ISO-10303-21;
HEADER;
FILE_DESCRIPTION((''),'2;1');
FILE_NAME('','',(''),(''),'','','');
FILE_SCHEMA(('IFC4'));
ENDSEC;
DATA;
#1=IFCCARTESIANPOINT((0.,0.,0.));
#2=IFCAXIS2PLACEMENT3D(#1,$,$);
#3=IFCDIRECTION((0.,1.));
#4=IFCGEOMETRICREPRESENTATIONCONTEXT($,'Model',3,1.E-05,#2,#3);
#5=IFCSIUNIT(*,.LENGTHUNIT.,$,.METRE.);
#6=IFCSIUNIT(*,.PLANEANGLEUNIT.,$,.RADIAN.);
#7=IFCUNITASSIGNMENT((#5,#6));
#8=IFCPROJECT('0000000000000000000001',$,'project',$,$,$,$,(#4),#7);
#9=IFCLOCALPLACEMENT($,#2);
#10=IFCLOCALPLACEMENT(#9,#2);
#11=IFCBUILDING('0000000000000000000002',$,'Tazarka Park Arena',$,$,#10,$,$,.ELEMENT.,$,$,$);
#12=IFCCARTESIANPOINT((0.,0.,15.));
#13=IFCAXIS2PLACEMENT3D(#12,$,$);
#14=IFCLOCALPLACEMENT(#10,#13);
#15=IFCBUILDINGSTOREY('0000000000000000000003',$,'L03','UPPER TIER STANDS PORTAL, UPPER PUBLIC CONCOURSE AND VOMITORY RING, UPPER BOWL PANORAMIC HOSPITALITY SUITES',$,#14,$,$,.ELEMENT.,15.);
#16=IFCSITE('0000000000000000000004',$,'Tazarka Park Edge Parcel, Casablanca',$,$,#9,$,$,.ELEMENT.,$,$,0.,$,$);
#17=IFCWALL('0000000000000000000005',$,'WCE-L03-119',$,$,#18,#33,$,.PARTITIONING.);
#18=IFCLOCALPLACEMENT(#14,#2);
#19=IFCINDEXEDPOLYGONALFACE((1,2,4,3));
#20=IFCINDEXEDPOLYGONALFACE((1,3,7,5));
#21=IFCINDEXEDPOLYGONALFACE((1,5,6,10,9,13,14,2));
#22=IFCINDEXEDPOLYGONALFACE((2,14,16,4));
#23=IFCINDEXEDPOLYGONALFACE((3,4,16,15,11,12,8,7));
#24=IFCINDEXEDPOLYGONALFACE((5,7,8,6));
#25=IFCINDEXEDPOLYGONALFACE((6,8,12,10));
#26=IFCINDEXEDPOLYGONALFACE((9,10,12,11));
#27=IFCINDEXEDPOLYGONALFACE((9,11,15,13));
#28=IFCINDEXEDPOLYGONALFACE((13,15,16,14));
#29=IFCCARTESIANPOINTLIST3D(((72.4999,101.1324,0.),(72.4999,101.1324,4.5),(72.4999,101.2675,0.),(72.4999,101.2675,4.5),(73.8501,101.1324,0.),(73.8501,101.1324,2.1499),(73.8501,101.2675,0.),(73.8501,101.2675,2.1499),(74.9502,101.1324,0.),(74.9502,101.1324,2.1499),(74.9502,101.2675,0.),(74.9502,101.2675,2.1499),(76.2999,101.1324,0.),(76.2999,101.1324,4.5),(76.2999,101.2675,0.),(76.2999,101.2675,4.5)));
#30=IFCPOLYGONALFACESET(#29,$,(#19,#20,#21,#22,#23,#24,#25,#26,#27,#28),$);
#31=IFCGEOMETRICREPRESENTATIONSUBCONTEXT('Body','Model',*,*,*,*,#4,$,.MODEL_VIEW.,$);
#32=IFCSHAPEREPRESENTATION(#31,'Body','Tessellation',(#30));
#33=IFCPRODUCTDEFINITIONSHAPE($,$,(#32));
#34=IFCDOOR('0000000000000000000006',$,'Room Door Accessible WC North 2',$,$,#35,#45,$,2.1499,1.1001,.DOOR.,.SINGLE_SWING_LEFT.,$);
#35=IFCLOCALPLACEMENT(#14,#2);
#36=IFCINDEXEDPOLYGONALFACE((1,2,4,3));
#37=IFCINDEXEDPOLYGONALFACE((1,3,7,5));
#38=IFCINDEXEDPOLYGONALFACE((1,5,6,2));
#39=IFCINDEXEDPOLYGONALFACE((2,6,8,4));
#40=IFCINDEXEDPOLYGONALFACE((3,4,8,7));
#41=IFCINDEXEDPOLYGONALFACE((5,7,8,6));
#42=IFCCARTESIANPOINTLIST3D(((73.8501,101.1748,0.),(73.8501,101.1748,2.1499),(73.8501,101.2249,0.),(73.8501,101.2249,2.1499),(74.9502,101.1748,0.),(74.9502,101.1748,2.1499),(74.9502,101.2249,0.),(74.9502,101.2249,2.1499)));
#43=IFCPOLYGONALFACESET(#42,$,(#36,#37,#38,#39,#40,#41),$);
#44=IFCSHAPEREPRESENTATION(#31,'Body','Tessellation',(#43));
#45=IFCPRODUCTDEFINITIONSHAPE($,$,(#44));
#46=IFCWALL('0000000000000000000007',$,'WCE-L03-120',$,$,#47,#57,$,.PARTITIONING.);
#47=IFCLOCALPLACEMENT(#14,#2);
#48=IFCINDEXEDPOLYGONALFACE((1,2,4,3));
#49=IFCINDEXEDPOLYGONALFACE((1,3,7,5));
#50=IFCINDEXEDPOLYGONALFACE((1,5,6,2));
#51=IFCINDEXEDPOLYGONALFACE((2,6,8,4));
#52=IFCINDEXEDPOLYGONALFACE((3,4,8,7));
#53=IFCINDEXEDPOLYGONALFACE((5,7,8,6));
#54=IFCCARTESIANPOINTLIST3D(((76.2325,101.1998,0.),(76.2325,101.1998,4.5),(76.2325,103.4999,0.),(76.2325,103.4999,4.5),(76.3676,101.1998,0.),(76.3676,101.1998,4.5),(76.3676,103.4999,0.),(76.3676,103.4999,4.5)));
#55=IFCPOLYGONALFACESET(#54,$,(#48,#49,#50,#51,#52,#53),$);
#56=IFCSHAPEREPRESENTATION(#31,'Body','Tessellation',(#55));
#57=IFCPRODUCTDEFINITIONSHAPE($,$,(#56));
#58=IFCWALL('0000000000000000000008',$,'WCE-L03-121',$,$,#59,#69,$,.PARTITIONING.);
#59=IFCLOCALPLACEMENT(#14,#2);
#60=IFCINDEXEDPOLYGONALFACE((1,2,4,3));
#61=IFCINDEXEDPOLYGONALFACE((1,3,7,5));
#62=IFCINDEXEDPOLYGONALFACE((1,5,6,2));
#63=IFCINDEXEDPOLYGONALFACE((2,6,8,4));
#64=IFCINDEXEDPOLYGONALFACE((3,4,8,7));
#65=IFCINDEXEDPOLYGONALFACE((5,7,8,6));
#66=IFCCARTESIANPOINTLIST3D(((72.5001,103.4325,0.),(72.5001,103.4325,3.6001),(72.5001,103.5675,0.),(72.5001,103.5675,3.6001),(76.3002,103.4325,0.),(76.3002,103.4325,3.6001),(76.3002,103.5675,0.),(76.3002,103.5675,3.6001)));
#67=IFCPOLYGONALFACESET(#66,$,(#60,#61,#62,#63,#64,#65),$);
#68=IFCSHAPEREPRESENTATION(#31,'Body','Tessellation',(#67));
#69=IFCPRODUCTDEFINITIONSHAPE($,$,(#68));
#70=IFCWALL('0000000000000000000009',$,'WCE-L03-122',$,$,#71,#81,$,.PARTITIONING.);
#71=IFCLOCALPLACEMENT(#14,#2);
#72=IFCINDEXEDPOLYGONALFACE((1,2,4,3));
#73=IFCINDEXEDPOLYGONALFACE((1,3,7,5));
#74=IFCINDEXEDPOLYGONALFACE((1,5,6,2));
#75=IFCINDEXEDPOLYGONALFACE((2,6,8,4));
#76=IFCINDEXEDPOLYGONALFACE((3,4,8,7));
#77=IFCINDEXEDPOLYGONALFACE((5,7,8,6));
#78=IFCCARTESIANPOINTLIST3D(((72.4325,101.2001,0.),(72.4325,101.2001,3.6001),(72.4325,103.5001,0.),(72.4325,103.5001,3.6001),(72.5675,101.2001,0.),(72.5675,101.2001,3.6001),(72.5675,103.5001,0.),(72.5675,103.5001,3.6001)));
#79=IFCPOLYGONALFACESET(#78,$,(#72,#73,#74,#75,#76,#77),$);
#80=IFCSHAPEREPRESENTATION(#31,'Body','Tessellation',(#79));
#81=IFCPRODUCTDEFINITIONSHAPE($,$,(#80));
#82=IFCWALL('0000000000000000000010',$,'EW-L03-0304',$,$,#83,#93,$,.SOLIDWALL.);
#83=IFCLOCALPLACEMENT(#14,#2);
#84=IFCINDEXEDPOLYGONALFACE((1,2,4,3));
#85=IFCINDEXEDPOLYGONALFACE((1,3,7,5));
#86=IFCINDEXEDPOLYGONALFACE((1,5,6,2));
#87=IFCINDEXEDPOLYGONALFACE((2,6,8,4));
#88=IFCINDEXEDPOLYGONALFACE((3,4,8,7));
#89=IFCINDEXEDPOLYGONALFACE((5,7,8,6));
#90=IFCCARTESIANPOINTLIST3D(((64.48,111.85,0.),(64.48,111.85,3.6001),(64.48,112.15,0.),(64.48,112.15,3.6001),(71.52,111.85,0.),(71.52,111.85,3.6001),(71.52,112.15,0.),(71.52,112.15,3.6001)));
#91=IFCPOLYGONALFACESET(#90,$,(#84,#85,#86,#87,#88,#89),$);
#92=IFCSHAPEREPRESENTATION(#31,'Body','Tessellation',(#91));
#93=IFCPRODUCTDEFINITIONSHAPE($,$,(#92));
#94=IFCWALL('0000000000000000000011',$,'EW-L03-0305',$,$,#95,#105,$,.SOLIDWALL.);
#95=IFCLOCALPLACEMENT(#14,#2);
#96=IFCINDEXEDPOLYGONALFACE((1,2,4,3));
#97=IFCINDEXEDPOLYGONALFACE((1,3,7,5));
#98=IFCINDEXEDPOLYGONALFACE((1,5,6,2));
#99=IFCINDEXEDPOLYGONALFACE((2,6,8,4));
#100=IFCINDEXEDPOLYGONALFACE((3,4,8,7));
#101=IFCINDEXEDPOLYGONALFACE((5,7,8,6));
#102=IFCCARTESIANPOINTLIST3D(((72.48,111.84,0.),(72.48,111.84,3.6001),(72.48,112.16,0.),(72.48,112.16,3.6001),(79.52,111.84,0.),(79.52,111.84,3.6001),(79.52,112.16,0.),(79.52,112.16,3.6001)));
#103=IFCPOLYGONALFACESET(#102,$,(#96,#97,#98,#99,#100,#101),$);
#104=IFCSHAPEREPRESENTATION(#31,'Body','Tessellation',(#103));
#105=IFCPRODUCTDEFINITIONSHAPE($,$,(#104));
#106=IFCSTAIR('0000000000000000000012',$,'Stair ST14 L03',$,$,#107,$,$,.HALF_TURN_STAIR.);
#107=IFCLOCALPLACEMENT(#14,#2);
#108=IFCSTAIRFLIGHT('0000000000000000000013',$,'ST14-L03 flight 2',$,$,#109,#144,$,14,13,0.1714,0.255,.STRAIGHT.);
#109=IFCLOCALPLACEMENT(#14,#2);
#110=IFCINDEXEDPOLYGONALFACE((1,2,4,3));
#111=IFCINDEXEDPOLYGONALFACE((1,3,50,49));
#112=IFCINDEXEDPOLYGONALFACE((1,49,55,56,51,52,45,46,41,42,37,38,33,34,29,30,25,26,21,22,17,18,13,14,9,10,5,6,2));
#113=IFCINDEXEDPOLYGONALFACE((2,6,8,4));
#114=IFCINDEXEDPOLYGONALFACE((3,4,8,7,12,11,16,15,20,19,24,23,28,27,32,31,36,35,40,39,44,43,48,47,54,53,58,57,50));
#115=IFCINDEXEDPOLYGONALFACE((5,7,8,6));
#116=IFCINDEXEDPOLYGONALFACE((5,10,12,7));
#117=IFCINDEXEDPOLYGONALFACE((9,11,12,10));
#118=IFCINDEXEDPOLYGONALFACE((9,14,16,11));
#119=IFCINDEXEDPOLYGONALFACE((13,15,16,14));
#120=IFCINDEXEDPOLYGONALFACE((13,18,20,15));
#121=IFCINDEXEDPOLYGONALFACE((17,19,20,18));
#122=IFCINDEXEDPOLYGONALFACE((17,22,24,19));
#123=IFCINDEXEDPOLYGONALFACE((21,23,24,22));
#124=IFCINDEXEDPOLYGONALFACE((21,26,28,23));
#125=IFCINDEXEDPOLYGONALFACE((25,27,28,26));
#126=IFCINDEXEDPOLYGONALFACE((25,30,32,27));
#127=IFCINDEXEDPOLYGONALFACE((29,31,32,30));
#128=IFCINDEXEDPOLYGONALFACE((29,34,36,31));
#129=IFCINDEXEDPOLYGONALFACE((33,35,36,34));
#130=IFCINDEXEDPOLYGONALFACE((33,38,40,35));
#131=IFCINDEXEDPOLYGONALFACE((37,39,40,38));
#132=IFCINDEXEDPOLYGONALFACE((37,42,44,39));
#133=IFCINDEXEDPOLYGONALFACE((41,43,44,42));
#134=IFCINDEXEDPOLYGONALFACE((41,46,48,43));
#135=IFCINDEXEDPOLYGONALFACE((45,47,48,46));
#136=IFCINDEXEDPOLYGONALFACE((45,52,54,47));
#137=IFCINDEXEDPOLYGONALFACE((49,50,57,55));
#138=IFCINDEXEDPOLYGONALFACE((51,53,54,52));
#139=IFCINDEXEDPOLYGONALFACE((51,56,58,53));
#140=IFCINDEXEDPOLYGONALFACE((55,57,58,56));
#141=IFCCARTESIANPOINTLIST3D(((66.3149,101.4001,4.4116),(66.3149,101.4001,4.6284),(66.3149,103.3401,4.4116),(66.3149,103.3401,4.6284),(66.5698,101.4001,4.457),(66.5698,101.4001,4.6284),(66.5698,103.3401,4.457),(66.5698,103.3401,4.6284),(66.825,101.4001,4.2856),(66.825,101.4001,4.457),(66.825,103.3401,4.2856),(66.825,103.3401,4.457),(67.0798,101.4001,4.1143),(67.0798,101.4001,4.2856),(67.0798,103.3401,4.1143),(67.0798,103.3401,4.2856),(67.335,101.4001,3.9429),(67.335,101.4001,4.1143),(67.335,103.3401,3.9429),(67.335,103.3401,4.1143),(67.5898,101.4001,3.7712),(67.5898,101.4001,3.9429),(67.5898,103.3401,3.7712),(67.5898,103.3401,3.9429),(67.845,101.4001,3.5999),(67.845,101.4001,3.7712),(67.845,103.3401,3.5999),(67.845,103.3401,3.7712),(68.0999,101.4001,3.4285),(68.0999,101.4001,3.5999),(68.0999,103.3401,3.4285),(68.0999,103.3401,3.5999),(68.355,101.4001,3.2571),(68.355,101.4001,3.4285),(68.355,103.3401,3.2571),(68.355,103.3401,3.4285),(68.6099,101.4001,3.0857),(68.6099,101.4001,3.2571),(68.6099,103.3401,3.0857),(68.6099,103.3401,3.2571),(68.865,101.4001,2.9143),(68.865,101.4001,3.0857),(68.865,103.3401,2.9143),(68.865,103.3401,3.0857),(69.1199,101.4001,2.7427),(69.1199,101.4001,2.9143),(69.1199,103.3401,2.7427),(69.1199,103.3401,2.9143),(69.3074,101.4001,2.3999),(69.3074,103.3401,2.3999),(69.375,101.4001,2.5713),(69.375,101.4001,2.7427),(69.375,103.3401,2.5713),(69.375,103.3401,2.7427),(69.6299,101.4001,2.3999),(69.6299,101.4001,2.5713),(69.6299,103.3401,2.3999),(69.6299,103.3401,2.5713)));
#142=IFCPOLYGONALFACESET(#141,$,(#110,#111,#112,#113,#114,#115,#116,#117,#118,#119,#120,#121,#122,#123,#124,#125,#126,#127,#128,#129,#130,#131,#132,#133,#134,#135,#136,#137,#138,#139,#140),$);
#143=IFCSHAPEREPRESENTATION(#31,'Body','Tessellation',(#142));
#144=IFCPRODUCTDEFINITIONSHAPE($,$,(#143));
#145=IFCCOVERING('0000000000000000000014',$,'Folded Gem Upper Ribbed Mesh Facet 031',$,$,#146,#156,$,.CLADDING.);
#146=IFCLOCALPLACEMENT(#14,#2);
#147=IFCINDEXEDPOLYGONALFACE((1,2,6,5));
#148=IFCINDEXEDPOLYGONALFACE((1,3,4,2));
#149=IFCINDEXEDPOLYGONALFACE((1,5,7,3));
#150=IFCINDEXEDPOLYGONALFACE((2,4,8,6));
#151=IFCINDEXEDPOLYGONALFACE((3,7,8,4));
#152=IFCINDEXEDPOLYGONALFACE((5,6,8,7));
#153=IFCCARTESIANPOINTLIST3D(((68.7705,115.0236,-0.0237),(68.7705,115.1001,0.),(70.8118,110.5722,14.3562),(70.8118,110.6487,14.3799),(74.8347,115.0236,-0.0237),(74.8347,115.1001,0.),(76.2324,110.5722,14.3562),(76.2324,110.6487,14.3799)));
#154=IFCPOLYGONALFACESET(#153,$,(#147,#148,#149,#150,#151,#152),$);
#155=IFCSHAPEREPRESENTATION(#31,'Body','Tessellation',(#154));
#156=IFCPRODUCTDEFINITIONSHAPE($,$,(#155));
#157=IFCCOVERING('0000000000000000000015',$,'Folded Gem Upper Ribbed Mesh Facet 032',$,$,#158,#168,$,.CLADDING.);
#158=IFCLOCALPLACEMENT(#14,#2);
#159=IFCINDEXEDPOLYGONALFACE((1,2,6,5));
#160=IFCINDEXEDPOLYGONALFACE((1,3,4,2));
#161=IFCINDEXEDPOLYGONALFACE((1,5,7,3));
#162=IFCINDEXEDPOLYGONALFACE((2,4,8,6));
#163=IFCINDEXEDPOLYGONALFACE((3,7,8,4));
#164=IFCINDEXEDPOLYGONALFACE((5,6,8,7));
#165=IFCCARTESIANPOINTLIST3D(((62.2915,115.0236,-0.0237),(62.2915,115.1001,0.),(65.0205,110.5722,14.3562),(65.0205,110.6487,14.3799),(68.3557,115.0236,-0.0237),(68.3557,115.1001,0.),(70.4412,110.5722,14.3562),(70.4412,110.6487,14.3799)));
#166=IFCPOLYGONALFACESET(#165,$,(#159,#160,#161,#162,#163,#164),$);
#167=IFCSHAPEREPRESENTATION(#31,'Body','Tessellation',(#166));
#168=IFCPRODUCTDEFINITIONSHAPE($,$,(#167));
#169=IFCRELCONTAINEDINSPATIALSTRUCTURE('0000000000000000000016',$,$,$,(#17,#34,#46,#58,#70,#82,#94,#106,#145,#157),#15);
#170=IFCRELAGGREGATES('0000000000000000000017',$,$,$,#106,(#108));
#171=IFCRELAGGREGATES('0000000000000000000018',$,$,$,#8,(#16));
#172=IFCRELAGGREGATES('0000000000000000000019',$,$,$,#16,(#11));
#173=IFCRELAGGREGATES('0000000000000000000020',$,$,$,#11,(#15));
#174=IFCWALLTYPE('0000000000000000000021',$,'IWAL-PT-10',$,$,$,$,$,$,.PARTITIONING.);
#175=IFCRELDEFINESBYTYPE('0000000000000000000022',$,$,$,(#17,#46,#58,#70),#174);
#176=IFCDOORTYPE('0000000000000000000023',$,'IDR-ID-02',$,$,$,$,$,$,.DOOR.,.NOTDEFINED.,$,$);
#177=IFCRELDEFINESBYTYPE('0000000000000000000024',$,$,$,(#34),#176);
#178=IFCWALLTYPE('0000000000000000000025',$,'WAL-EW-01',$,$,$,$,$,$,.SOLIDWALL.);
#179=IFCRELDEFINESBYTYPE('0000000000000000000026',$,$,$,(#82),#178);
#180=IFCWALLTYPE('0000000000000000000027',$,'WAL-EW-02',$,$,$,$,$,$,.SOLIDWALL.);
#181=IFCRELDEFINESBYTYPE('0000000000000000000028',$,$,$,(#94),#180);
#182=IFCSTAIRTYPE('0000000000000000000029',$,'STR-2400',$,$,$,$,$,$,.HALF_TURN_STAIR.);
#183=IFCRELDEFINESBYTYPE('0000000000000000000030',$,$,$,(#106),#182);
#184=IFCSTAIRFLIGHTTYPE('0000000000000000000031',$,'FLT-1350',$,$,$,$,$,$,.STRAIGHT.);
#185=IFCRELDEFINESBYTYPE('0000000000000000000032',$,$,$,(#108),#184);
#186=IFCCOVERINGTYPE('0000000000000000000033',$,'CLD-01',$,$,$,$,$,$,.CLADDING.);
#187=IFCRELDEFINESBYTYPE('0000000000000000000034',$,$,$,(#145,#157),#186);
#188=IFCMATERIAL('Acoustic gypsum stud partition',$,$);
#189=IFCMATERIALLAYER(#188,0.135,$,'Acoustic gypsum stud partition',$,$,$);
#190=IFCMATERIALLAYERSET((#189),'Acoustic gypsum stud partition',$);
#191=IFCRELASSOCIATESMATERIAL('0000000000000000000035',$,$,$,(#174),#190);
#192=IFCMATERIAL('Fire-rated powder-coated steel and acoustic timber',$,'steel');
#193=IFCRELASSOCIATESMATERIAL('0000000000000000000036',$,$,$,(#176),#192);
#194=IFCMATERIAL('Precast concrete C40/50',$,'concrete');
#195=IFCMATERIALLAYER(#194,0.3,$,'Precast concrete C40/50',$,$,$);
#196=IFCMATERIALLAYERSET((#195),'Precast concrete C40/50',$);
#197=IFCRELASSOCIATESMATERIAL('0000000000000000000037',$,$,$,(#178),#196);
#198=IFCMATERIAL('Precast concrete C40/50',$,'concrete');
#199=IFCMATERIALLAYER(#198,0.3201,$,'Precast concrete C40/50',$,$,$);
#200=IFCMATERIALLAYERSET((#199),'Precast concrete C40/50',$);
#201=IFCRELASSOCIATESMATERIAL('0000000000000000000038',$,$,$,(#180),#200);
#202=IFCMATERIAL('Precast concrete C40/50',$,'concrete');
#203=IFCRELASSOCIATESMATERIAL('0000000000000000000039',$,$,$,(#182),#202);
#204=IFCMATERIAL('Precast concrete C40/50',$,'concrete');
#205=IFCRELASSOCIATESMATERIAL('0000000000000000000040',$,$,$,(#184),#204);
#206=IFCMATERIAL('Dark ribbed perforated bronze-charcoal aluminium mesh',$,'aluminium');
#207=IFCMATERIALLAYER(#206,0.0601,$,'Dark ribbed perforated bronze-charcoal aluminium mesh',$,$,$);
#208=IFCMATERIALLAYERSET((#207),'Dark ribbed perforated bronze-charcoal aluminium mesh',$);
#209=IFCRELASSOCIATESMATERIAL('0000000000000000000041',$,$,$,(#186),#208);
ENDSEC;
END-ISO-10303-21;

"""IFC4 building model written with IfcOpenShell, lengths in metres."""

from ifc_helpers import new_model, si_unit, direction, frame, frame_2d, origin, place, context, subcontext, project, spatial, polyline, rectangle, outline, extrude, material, layer, layer_set, type_object, element, fill, aggregate, save


model = new_model("IFC4")

# Units and contexts
model_context = context("Model", 3, precision=1e-05, world=origin(), true_north=direction((0.0, 1.0)))
body_context = subcontext(model_context, "Body", "Model", "MODEL_VIEW")
ifc_project = project(units=[si_unit("LENGTHUNIT", "METRE"), si_unit("PLANEANGLEUNIT", "RADIAN")], contexts=[model_context])

# Site, building, storey
site_placement = place(None, origin())
site = spatial("IfcSite", under=ifc_project, at=site_placement, Name="Tazarka Park Edge Parcel, Casablanca", CompositionType="ELEMENT", RefElevation=0.0)
building_placement = place(site_placement, origin())
building = spatial("IfcBuilding", under=site, at=building_placement, Name="Tazarka Park Arena", CompositionType="ELEMENT")
storey_placement = place(building_placement, frame((0.0, 0.0, 15.0)))
storey = spatial("IfcBuildingStorey", under=building, at=storey_placement, Name="L03", Description="UPPER TIER STANDS PORTAL, UPPER PUBLIC CONCOURSE AND VOMITORY RING, UPPER BOWL PANORAMIC HOSPITALITY SUITES", CompositionType="ELEMENT", Elevation=15.0)

# Wall, opening, door
ifc_material_1 = material(Name="Acoustic gypsum stud partition")
ifc_layer_1 = layer(ifc_material_1, 0.135, Name="Acoustic gypsum stud partition")
ifc_layer_set_1 = layer_set([ifc_layer_1], Name="Acoustic gypsum stud partition")
wall_type_1 = type_object("IfcWallType", Name="IWAL-PT-10", PredefinedType="PARTITIONING", material=ifc_layer_set_1)
wall_1_placement = place(storey_placement, frame((72.5, 101.2, 0.0), z_axis=(0.0, 0.0, 1.0), x_axis=(1.0, 0.0, 0.0)))
wall_1 = element("IfcWall", 1, at=wall_1_placement, inside=storey, type_object=wall_type_1, Name="WCE-L03-119", PredefinedType="PARTITIONING", context=body_context, shape_type="SweptSolid", body=[
    extrude(rectangle(XDim=3.8, YDim=0.135, at=frame_2d((1.8999, 0.0))), origin(), (0.0, 0.0, 1.0), 4.5),
])
opening_placement = place(wall_1_placement, frame((1.3501, 0.0, 0.0)))
opening = element("IfcOpeningElement", 2, at=opening_placement, cuts=wall_1, PredefinedType="OPENING", context=body_context, shape_type="SweptSolid", body=[
    extrude(rectangle(XDim=1.1001, YDim=2.1499, at=frame_2d((0.55, 1.075))), frame((0.0, 0.0776, 0.0), z_axis=(0.0, -1.0, 0.0), x_axis=(1.0, 0.0, 0.0)), (0.0, 0.0, 1.0), 0.155),
])
ifc_material_2 = material(Name="Fire-rated powder-coated steel and acoustic timber", Category="steel")
door_type = type_object("IfcDoorType", Name="IDR-ID-02", OperationType="NOTDEFINED", PredefinedType="DOOR", material=ifc_material_2)
door_placement = place(opening_placement, origin())
door = element("IfcDoor", 3, at=door_placement, inside=storey, type_object=door_type, Name="Room Door Accessible WC North 2", OperationType="SINGLE_SWING_LEFT", OverallHeight=2.1499, OverallWidth=1.1001, PredefinedType="DOOR", context=body_context, shape_type="SweptSolid", body=[
    extrude(rectangle(XDim=1.1001, YDim=2.1499, at=frame_2d((0.55, 1.075))), frame((0.0, 0.0249, 0.0), z_axis=(0.0, -1.0, 0.0), x_axis=(1.0, 0.0, 0.0)), (0.0, 0.0, 1.0), 0.05),
])
fill(opening, door)

# Walls
wall_2_placement = place(storey_placement, frame((76.3, 101.2, 0.0), z_axis=(0.0, 0.0, 1.0), x_axis=(0.0, 1.0, 0.0)))
element("IfcWall", 4, at=wall_2_placement, inside=storey, type_object=wall_type_1, Name="WCE-L03-120", PredefinedType="PARTITIONING", context=body_context, shape_type="SweptSolid", body=[
    extrude(rectangle(XDim=2.3, YDim=0.135, at=frame_2d((1.1499, 0.0))), origin(), (0.0, 0.0, 1.0), 4.5),
])
wall_3_placement = place(storey_placement, frame((76.3, 103.5, 0.0), z_axis=(0.0, 0.0, 1.0), x_axis=(-1.0, 0.0, 0.0)))
element("IfcWall", 5, at=wall_3_placement, inside=storey, type_object=wall_type_1, Name="WCE-L03-121", PredefinedType="PARTITIONING", context=body_context, shape_type="SweptSolid", body=[
    extrude(rectangle(XDim=3.8, YDim=0.135, at=frame_2d((1.8999, 0.0))), origin(), (0.0, 0.0, 1.0), 3.6001),
])
wall_4_placement = place(storey_placement, frame((72.5, 103.5, 0.0), z_axis=(0.0, 0.0, 1.0), x_axis=(0.0, -1.0, 0.0)))
element("IfcWall", 6, at=wall_4_placement, inside=storey, type_object=wall_type_1, Name="WCE-L03-122", PredefinedType="PARTITIONING", context=body_context, shape_type="SweptSolid", body=[
    extrude(rectangle(XDim=2.3, YDim=0.135, at=frame_2d((1.1499, 0.0))), origin(), (0.0, 0.0, 1.0), 3.6001),
])
ifc_material_3 = material(Name="Precast concrete C40/50", Category="concrete")
ifc_layer_2 = layer(ifc_material_3, 0.3, Name="Precast concrete C40/50")
ifc_layer_set_2 = layer_set([ifc_layer_2], Name="Precast concrete C40/50")
wall_type_2 = type_object("IfcWallType", Name="WAL-EW-01", PredefinedType="SOLIDWALL", material=ifc_layer_set_2)
wall_5_placement = place(storey_placement, frame((64.48, 112.0, 0.0), z_axis=(0.0, 0.0, 1.0), x_axis=(1.0, 0.0, 0.0)))
element("IfcWall", 7, at=wall_5_placement, inside=storey, type_object=wall_type_2, Name="EW-L03-0304", PredefinedType="SOLIDWALL", context=body_context, shape_type="SweptSolid", body=[
    extrude(rectangle(XDim=7.04, YDim=0.3, at=frame_2d((3.52, 0.0))), origin(), (0.0, 0.0, 1.0), 3.6001),
])
ifc_material_4 = material(Name="Precast concrete C40/50", Category="concrete")
ifc_layer_3 = layer(ifc_material_4, 0.3201, Name="Precast concrete C40/50")
ifc_layer_set_3 = layer_set([ifc_layer_3], Name="Precast concrete C40/50")
wall_type_3 = type_object("IfcWallType", Name="WAL-EW-02", PredefinedType="SOLIDWALL", material=ifc_layer_set_3)
wall_6_placement = place(storey_placement, frame((72.48, 112.0, 0.0), z_axis=(0.0, 0.0, 1.0), x_axis=(1.0, 0.0, 0.0)))
element("IfcWall", 8, at=wall_6_placement, inside=storey, type_object=wall_type_3, Name="EW-L03-0305", PredefinedType="SOLIDWALL", context=body_context, shape_type="SweptSolid", body=[
    extrude(rectangle(XDim=7.04, YDim=0.3201, at=frame_2d((3.52, 0.0))), origin(), (0.0, 0.0, 1.0), 3.6001),
])

# Stair, stair flight
ifc_material_5 = material(Name="Precast concrete C40/50", Category="concrete")
stair_type = type_object("IfcStairType", Name="STR-2400", PredefinedType="HALF_TURN_STAIR", material=ifc_material_5)
stair_placement = place(storey_placement, origin())
stair = element("IfcStair", 9, at=stair_placement, inside=storey, type_object=stair_type, Name="Stair ST14 L03", PredefinedType="HALF_TURN_STAIR")
ifc_material_6 = material(Name="Precast concrete C40/50", Category="concrete")
stair_flight_type = type_object("IfcStairFlightType", Name="FLT-1350", PredefinedType="STRAIGHT", material=ifc_material_6)
stair_flight_placement = place(storey_placement, frame((69.6299, 102.3701, 2.3999), z_axis=(0.0, 0.0, 1.0), x_axis=(-1.0, 0.0, 0.0)))
stair_flight = element("IfcStairFlight", 10, at=stair_flight_placement, type_object=stair_flight_type, Name="ST14-L03 flight 2", NumberOfRisers=14, NumberOfTreads=13, PredefinedType="STRAIGHT", RiserHeight=0.1714, TreadLength=0.255, context=body_context, shape_type="SweptSolid", body=[
    extrude(outline(polyline([(0.0, 0.0), (0.0, 0.1714), (0.2549, 0.1714), (0.2549, 0.3428), (0.51, 0.3428), (0.51, 0.5144), (0.7649, 0.5144), (0.7649, 0.6858), (1.02, 0.6858), (1.02, 0.8572), (1.2749, 0.8572), (1.2749, 1.0286), (1.53, 1.0286), (1.53, 1.2), (1.7849, 1.2), (1.7849, 1.3713), (2.04, 1.3713), (2.04, 1.543), (2.2949, 1.543), (2.2949, 1.7144), (2.55, 1.7144), (2.55, 1.8857), (2.8049, 1.8857), (2.8049, 2.0571), (3.0601, 2.0571), (3.0601, 2.2285), (3.3149, 2.2285), (3.3149, 2.3999), (3.3149, 2.0117), (0.3225, 0.0), (0.0, 0.0)])), frame((0.0, 0.97, 0.0), z_axis=(0.0, -1.0, 0.0), x_axis=(1.0, 0.0, 0.0)), (0.0, 0.0, 1.0), 1.9399),
])
aggregate(stair, [stair_flight])

# Coverings
ifc_material_7 = material(Name="Dark ribbed perforated bronze-charcoal aluminium mesh", Category="aluminium")
ifc_layer_4 = layer(ifc_material_7, 0.0601, Name="Dark ribbed perforated bronze-charcoal aluminium mesh")
ifc_layer_set_4 = layer_set([ifc_layer_4], Name="Dark ribbed perforated bronze-charcoal aluminium mesh")
covering_type = type_object("IfcCoveringType", Name="CLD-01", PredefinedType="CLADDING", material=ifc_layer_set_4)
covering_1_placement = place(storey_placement, frame((74.8347, 115.1001, 0.0), z_axis=(0.0, 0.955277, 0.295714), x_axis=(-1.0, 0.0, 0.0)))
element("IfcCovering", 11, at=covering_1_placement, inside=storey, type_object=covering_type, Name="Folded Gem Upper Ribbed Mesh Facet 031", PredefinedType="CLADDING", context=body_context, shape_type="SweptSolid", body=[
    extrude(outline(polyline([(0.0, 0.0), (6.0642, 0.0), (4.0229, 15.0531), (-1.3977, 15.0531), (0.0, 0.0)])), origin(), (0.0, 0.0, -1.0), 0.0801),
])
covering_2_placement = place(storey_placement, frame((68.3557, 115.1001, 0.0), z_axis=(0.0, 0.955277, 0.295714), x_axis=(-1.0, 0.0, 0.0)))
element("IfcCovering", 12, at=covering_2_placement, inside=storey, type_object=covering_type, Name="Folded Gem Upper Ribbed Mesh Facet 032", PredefinedType="CLADDING", context=body_context, shape_type="SweptSolid", body=[
    extrude(outline(polyline([(0.0, 0.0), (6.0642, 0.0), (3.3352, 15.0531), (-2.0854, 15.0531), (0.0, 0.0)])), origin(), (0.0, 0.0, -1.0), 0.0801),
])

save(model, "model.ifc")
